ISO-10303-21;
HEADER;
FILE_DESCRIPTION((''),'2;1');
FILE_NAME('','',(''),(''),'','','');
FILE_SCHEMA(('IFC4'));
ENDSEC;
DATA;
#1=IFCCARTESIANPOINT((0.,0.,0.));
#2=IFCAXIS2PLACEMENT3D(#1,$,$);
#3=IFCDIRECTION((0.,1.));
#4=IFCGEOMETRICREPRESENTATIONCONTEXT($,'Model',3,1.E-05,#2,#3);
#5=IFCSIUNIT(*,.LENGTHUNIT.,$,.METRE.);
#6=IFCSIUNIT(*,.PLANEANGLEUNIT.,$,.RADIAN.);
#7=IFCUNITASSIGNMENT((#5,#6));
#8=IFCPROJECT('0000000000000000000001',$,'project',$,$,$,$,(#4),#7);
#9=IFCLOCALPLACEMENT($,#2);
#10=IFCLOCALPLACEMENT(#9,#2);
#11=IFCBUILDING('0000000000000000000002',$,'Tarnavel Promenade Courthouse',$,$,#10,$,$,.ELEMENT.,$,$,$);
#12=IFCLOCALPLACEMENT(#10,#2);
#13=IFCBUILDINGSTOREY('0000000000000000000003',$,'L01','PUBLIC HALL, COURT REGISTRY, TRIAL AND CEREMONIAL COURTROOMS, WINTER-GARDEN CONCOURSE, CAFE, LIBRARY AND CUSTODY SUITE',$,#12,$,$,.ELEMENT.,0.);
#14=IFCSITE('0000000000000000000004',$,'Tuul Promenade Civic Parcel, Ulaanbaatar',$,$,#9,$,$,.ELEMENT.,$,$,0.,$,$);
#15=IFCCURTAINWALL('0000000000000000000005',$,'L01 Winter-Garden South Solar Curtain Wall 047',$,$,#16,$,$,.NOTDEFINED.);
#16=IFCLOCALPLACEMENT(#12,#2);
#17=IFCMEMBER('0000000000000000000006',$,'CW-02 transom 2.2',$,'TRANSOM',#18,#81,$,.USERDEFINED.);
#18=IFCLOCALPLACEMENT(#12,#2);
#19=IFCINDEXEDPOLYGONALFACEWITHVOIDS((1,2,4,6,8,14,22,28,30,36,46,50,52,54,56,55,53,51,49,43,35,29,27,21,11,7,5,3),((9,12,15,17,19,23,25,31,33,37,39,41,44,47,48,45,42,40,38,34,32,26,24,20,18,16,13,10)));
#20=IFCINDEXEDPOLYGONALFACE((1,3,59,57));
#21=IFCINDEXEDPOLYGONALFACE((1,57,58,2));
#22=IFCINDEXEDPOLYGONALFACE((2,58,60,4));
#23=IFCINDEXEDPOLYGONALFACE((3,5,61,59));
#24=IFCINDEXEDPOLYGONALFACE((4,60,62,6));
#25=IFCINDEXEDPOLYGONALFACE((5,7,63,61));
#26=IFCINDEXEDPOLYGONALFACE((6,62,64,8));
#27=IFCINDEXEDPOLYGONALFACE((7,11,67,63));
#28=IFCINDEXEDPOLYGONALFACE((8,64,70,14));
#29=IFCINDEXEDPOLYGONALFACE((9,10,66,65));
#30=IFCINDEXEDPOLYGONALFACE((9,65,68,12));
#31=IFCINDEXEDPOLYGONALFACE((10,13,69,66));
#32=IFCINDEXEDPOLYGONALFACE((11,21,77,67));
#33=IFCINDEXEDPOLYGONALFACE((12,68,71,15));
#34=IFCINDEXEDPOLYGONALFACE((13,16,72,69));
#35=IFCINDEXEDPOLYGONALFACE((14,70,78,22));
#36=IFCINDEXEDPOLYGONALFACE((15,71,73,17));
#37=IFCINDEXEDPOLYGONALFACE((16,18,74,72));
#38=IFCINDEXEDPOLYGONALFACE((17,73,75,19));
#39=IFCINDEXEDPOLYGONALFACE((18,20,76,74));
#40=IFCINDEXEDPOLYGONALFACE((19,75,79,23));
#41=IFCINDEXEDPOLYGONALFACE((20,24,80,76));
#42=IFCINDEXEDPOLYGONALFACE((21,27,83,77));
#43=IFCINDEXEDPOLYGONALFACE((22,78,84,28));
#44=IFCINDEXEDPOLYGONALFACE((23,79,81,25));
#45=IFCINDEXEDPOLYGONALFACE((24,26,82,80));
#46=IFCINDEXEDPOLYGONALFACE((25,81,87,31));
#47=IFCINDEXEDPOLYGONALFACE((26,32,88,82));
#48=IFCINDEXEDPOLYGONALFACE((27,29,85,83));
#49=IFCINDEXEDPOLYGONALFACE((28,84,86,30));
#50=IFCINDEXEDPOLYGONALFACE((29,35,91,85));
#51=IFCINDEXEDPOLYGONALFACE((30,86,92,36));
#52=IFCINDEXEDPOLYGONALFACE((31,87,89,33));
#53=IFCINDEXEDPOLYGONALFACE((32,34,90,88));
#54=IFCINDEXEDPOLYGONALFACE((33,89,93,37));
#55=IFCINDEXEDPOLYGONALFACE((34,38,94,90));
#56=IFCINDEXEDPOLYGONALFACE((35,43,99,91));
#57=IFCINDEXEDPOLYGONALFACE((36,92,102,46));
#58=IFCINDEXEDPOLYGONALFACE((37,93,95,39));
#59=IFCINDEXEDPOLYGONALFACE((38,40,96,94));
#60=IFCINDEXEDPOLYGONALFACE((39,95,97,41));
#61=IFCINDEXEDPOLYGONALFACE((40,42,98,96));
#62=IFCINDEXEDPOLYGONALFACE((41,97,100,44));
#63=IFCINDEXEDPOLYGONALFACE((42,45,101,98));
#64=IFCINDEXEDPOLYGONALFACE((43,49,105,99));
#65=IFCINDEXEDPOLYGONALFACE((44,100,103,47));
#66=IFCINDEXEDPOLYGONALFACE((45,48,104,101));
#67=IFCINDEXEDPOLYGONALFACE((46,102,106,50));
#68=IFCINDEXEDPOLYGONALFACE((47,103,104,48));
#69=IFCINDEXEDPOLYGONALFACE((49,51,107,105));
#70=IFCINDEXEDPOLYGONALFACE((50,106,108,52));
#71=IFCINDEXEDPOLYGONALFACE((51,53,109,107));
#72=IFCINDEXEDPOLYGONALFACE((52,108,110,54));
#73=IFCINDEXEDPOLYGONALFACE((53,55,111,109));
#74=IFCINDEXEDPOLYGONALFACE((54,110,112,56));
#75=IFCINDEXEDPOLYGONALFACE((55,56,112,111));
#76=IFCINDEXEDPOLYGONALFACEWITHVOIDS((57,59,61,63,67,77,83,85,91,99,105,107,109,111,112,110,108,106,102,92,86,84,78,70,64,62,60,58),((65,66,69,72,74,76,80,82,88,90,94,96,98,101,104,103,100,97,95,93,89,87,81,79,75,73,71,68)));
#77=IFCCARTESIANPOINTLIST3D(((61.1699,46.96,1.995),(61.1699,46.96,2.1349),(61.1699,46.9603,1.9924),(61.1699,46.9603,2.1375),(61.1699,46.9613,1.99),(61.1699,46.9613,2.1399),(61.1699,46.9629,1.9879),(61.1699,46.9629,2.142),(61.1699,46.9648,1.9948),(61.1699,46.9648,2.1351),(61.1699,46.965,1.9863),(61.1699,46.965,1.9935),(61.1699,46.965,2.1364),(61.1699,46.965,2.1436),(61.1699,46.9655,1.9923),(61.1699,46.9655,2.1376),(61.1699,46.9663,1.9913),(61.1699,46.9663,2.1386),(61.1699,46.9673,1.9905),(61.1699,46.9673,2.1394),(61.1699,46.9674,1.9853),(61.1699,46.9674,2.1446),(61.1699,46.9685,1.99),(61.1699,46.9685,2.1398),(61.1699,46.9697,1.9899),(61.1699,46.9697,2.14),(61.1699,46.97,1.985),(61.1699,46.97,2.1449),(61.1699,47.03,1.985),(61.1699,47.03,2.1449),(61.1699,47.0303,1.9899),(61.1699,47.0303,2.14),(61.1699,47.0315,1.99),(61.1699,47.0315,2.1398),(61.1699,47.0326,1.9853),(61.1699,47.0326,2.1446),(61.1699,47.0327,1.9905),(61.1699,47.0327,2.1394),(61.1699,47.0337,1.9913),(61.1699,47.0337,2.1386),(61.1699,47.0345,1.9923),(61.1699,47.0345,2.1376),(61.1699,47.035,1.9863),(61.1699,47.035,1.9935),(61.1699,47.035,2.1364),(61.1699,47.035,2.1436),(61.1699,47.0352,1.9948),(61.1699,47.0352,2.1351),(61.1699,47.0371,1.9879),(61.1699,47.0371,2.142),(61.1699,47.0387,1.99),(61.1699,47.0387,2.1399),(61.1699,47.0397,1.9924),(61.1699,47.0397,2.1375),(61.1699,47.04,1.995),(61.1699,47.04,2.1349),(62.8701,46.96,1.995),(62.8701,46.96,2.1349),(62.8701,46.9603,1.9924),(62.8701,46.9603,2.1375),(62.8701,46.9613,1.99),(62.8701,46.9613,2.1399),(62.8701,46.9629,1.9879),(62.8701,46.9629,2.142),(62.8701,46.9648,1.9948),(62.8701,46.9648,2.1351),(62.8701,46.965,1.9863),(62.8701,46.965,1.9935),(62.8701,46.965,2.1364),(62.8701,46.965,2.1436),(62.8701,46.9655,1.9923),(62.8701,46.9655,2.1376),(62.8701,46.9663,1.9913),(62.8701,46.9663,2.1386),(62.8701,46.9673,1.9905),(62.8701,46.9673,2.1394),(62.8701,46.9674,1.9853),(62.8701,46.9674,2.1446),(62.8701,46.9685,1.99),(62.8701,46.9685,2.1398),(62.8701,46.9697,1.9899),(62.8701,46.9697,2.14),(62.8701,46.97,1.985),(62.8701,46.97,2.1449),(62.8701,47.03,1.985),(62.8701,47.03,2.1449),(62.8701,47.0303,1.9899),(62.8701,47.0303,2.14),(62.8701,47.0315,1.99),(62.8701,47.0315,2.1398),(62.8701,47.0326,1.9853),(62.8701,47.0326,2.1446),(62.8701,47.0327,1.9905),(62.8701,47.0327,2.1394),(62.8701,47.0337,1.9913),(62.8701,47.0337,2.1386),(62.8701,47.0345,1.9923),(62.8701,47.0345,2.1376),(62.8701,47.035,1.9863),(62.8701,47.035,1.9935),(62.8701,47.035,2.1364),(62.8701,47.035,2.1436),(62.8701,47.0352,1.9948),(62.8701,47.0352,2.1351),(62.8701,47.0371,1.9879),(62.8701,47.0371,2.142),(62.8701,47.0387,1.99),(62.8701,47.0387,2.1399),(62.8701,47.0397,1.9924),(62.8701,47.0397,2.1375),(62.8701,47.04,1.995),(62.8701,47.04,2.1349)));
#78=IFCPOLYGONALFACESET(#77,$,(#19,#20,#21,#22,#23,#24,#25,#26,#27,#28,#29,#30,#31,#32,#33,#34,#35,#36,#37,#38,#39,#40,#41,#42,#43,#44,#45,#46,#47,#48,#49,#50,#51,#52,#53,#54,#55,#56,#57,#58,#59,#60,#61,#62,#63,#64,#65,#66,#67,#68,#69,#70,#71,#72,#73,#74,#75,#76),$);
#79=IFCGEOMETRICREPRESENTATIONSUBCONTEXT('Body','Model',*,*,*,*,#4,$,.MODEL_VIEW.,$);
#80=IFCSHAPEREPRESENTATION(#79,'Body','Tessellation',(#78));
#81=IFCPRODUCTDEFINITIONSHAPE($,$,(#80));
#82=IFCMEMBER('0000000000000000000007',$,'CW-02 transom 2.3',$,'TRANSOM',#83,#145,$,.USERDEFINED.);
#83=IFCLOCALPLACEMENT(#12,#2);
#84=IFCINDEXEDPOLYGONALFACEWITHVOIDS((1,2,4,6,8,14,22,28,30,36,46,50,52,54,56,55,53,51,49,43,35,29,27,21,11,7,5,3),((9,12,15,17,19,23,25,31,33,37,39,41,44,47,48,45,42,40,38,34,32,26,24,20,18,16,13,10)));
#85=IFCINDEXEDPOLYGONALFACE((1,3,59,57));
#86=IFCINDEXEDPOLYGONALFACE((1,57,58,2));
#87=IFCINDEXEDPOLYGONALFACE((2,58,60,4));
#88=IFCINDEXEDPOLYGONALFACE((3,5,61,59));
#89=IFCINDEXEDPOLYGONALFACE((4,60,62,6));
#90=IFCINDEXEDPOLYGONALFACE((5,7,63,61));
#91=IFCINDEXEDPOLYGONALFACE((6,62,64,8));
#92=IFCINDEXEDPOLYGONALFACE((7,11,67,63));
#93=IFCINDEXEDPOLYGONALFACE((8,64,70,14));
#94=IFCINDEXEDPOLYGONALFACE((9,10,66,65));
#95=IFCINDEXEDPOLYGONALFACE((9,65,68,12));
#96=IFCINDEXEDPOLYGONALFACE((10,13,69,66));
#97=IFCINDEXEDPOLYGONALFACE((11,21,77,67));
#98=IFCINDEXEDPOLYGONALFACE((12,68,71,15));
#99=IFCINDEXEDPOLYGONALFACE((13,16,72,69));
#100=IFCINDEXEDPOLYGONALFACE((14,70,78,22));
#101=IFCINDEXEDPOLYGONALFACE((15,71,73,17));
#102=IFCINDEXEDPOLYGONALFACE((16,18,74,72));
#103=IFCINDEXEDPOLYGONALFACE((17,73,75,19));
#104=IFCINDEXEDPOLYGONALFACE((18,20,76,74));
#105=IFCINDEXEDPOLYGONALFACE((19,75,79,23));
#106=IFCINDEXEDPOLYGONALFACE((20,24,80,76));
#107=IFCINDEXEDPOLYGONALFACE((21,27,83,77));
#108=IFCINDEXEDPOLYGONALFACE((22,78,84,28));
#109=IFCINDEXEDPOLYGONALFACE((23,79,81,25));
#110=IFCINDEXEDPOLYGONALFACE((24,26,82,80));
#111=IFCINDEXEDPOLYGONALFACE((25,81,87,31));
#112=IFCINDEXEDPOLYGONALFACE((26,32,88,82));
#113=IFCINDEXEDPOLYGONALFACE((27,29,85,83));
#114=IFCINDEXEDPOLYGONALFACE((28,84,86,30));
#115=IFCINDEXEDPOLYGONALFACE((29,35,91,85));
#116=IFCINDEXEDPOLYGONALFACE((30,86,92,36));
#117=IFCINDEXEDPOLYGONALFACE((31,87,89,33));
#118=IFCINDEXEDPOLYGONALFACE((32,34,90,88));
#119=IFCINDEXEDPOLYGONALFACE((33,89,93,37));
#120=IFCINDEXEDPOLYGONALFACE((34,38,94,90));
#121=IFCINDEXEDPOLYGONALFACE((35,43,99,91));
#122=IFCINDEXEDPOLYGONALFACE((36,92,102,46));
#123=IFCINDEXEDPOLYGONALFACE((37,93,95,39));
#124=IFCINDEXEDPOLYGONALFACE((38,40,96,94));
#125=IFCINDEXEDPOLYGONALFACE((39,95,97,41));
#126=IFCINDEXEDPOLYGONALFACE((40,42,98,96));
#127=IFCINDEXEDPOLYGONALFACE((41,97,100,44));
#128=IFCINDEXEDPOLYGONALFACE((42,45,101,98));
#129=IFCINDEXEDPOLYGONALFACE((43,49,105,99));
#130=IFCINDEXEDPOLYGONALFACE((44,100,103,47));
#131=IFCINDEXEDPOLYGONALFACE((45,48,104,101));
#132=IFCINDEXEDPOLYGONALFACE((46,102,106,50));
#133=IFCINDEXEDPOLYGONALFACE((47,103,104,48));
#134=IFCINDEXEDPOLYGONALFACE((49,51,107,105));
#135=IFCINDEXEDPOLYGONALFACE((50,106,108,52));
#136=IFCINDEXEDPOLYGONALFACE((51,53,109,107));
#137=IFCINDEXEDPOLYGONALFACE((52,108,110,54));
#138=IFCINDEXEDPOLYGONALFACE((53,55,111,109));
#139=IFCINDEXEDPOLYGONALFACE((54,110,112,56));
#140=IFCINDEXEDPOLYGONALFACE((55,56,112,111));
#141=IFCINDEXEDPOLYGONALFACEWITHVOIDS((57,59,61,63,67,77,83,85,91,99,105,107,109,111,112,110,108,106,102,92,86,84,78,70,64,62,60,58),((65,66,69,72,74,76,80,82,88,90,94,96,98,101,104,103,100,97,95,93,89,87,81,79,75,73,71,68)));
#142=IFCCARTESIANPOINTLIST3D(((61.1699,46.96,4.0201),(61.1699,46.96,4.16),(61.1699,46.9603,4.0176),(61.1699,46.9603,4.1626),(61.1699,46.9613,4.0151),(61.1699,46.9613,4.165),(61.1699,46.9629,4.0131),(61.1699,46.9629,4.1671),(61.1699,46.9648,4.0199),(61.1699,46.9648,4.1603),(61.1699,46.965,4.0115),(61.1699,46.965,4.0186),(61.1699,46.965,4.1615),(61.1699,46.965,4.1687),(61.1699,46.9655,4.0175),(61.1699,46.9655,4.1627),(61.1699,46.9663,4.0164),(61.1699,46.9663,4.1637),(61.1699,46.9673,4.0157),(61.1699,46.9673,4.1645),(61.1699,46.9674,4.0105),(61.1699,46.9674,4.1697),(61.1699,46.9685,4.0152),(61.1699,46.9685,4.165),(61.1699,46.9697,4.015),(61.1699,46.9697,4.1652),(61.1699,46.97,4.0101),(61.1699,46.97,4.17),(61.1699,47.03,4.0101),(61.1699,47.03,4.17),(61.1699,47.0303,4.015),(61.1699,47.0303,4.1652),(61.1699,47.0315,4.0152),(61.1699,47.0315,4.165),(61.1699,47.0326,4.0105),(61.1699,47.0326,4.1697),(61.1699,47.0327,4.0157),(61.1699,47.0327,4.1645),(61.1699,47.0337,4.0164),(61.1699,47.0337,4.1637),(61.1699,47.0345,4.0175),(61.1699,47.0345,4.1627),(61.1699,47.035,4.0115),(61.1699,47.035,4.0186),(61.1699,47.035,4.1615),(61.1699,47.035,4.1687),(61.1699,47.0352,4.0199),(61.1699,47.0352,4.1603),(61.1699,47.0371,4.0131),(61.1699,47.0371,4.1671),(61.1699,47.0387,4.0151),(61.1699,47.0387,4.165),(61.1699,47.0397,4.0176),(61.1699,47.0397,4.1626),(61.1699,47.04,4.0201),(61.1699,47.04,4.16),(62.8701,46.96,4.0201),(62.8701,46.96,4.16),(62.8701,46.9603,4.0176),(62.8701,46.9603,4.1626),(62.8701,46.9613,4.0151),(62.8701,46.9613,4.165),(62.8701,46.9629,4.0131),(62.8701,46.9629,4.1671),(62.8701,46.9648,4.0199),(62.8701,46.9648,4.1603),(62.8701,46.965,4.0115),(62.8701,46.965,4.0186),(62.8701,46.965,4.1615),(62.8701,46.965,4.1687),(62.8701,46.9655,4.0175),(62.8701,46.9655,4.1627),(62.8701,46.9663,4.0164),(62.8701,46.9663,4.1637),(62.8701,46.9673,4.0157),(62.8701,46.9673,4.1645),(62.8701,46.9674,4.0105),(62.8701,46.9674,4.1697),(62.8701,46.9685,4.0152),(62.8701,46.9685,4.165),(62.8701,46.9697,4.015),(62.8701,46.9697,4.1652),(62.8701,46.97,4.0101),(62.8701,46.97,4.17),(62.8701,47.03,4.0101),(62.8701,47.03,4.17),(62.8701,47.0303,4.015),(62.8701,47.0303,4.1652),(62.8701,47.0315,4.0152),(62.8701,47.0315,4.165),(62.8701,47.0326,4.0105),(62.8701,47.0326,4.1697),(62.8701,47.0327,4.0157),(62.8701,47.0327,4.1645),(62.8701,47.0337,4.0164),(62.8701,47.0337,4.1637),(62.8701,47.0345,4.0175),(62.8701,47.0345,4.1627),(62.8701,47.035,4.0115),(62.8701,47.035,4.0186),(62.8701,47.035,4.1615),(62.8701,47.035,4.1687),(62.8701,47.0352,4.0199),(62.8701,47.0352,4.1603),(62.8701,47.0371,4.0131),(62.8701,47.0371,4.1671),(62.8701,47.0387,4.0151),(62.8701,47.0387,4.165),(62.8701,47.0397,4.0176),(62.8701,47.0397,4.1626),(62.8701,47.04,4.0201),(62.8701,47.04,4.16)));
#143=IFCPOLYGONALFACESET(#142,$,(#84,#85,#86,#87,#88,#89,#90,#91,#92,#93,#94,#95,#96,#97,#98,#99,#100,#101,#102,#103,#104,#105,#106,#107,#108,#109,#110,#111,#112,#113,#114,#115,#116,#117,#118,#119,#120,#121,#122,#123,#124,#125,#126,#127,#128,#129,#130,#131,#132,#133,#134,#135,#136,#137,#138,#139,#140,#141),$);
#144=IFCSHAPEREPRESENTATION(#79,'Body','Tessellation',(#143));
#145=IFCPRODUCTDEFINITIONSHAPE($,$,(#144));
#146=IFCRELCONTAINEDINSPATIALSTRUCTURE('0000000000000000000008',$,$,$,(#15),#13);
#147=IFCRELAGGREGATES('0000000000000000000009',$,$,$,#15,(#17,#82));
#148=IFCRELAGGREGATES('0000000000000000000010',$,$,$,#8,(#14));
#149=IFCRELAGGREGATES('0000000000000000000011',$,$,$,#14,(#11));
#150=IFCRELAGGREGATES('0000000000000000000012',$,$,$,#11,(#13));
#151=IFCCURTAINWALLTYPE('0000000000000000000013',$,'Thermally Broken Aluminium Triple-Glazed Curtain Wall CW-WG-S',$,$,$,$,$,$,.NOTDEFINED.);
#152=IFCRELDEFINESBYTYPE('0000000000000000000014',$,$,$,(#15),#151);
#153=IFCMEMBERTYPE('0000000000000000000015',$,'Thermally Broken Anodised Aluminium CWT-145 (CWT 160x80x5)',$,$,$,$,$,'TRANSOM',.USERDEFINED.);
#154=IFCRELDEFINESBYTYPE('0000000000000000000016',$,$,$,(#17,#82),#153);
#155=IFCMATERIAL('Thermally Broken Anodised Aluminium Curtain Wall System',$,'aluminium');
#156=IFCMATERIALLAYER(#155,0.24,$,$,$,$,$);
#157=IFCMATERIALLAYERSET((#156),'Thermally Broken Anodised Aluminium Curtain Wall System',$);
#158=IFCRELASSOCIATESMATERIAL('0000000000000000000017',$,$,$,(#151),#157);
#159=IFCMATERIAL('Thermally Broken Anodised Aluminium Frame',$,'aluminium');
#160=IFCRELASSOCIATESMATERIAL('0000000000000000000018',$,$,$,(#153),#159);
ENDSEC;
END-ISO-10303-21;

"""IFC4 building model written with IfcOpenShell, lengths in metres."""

from ifc_helpers import new_model, si_unit, direction, frame, origin, origin_2d, place, context, subcontext, project, spatial, hollow_rectangle, extrude, material, layer, layer_set, material_profile, profile_set, type_object, element, aggregate, save


model = new_model("IFC4")

# Units and contexts
model_context = context("Model", 3, precision=1e-05, world=origin(), true_north=direction((0.0, 1.0)))
body_context = subcontext(model_context, "Body", "Model", "MODEL_VIEW")
ifc_project = project(units=[si_unit("LENGTHUNIT", "METRE"), si_unit("PLANEANGLEUNIT", "RADIAN")], contexts=[model_context])

# Site, building, storey
site_placement = place(None, origin())
site = spatial("IfcSite", under=ifc_project, at=site_placement, Name="Tuul Promenade Civic Parcel, Ulaanbaatar", CompositionType="ELEMENT", RefElevation=0.0)
building_placement = place(site_placement, origin())
building = spatial("IfcBuilding", under=site, at=building_placement, Name="Tarnavel Promenade Courthouse", CompositionType="ELEMENT")
storey_placement = place(building_placement, origin())
storey = spatial("IfcBuildingStorey", under=building, at=storey_placement, Name="L01", Description="PUBLIC HALL, COURT REGISTRY, TRIAL AND CEREMONIAL COURTROOMS, WINTER-GARDEN CONCOURSE, CAFE, LIBRARY AND CUSTODY SUITE", CompositionType="ELEMENT", Elevation=0.0)

# Curtain wall
ifc_material_1 = material(Name="Thermally Broken Anodised Aluminium Curtain Wall System", Category="aluminium")
ifc_layer_1 = layer(ifc_material_1, 0.24)
ifc_layer_set_1 = layer_set([ifc_layer_1], Name="Thermally Broken Anodised Aluminium Curtain Wall System")
curtain_wall_type = type_object("IfcCurtainWallType", Name="Thermally Broken Aluminium Triple-Glazed Curtain Wall CW-WG-S", PredefinedType="NOTDEFINED", material=ifc_layer_set_1)
ifc_material_2 = material(Name="Thermally Broken Anodised Aluminium Frame", Category="aluminium")
curtain_wall_1_placement = place(storey_placement, origin())
curtain_wall_1 = element("IfcCurtainWall", 1, at=curtain_wall_1_placement, inside=storey, type_object=curtain_wall_type, Name="L01 Winter-Garden South Solar Curtain Wall 047", PredefinedType="NOTDEFINED")

# Members
ifc_material_profile_1 = material_profile(ifc_material_2, hollow_rectangle(XDim=0.0801, YDim=0.1599, WallThickness=0.0049, InnerFilletRadius=0.0049, OuterFilletRadius=0.01, at=origin_2d()), Name="CWT 160x80x5")
ifc_profile_set_1 = profile_set([ifc_material_profile_1], Name="Thermally Broken Anodised Aluminium Frame")
member_type_1 = type_object("IfcMemberType", Name="Thermally Broken Anodised Aluminium CWT-145 (CWT 160x80x5)", ElementType="TRANSOM", PredefinedType="USERDEFINED", material=ifc_profile_set_1)
member_1_placement = place(storey_placement, frame((61.1699, 47.0, 2.0649), z_axis=(1.0, 0.0, 0.0), x_axis=(0.0, 1.0, 0.0)))
member_1 = element("IfcMember", 2, at=member_1_placement, type_object=member_type_1, Name="CW-02 transom 2.2", ObjectType="TRANSOM", PredefinedType="USERDEFINED", context=body_context, shape_type="SweptSolid", body=[
    extrude(hollow_rectangle(XDim=0.0801, YDim=0.1599, WallThickness=0.0049, InnerFilletRadius=0.0049, OuterFilletRadius=0.01, at=origin_2d()), origin(), (0.0, 0.0, 1.0), 1.7002),
])
member_2_placement = place(storey_placement, frame((61.1699, 47.0, 4.0901), z_axis=(1.0, 0.0, 0.0), x_axis=(0.0, 1.0, 0.0)))
member_2 = element("IfcMember", 3, at=member_2_placement, type_object=member_type_1, Name="CW-02 transom 2.3", ObjectType="TRANSOM", PredefinedType="USERDEFINED", context=body_context, shape_type="SweptSolid", body=[
    extrude(hollow_rectangle(XDim=0.0801, YDim=0.1599, WallThickness=0.0049, InnerFilletRadius=0.0049, OuterFilletRadius=0.01, at=origin_2d()), origin(), (0.0, 0.0, 1.0), 1.7002),
])

aggregate(curtain_wall_1, [member_1, member_2])

save(model, "model.ifc")
